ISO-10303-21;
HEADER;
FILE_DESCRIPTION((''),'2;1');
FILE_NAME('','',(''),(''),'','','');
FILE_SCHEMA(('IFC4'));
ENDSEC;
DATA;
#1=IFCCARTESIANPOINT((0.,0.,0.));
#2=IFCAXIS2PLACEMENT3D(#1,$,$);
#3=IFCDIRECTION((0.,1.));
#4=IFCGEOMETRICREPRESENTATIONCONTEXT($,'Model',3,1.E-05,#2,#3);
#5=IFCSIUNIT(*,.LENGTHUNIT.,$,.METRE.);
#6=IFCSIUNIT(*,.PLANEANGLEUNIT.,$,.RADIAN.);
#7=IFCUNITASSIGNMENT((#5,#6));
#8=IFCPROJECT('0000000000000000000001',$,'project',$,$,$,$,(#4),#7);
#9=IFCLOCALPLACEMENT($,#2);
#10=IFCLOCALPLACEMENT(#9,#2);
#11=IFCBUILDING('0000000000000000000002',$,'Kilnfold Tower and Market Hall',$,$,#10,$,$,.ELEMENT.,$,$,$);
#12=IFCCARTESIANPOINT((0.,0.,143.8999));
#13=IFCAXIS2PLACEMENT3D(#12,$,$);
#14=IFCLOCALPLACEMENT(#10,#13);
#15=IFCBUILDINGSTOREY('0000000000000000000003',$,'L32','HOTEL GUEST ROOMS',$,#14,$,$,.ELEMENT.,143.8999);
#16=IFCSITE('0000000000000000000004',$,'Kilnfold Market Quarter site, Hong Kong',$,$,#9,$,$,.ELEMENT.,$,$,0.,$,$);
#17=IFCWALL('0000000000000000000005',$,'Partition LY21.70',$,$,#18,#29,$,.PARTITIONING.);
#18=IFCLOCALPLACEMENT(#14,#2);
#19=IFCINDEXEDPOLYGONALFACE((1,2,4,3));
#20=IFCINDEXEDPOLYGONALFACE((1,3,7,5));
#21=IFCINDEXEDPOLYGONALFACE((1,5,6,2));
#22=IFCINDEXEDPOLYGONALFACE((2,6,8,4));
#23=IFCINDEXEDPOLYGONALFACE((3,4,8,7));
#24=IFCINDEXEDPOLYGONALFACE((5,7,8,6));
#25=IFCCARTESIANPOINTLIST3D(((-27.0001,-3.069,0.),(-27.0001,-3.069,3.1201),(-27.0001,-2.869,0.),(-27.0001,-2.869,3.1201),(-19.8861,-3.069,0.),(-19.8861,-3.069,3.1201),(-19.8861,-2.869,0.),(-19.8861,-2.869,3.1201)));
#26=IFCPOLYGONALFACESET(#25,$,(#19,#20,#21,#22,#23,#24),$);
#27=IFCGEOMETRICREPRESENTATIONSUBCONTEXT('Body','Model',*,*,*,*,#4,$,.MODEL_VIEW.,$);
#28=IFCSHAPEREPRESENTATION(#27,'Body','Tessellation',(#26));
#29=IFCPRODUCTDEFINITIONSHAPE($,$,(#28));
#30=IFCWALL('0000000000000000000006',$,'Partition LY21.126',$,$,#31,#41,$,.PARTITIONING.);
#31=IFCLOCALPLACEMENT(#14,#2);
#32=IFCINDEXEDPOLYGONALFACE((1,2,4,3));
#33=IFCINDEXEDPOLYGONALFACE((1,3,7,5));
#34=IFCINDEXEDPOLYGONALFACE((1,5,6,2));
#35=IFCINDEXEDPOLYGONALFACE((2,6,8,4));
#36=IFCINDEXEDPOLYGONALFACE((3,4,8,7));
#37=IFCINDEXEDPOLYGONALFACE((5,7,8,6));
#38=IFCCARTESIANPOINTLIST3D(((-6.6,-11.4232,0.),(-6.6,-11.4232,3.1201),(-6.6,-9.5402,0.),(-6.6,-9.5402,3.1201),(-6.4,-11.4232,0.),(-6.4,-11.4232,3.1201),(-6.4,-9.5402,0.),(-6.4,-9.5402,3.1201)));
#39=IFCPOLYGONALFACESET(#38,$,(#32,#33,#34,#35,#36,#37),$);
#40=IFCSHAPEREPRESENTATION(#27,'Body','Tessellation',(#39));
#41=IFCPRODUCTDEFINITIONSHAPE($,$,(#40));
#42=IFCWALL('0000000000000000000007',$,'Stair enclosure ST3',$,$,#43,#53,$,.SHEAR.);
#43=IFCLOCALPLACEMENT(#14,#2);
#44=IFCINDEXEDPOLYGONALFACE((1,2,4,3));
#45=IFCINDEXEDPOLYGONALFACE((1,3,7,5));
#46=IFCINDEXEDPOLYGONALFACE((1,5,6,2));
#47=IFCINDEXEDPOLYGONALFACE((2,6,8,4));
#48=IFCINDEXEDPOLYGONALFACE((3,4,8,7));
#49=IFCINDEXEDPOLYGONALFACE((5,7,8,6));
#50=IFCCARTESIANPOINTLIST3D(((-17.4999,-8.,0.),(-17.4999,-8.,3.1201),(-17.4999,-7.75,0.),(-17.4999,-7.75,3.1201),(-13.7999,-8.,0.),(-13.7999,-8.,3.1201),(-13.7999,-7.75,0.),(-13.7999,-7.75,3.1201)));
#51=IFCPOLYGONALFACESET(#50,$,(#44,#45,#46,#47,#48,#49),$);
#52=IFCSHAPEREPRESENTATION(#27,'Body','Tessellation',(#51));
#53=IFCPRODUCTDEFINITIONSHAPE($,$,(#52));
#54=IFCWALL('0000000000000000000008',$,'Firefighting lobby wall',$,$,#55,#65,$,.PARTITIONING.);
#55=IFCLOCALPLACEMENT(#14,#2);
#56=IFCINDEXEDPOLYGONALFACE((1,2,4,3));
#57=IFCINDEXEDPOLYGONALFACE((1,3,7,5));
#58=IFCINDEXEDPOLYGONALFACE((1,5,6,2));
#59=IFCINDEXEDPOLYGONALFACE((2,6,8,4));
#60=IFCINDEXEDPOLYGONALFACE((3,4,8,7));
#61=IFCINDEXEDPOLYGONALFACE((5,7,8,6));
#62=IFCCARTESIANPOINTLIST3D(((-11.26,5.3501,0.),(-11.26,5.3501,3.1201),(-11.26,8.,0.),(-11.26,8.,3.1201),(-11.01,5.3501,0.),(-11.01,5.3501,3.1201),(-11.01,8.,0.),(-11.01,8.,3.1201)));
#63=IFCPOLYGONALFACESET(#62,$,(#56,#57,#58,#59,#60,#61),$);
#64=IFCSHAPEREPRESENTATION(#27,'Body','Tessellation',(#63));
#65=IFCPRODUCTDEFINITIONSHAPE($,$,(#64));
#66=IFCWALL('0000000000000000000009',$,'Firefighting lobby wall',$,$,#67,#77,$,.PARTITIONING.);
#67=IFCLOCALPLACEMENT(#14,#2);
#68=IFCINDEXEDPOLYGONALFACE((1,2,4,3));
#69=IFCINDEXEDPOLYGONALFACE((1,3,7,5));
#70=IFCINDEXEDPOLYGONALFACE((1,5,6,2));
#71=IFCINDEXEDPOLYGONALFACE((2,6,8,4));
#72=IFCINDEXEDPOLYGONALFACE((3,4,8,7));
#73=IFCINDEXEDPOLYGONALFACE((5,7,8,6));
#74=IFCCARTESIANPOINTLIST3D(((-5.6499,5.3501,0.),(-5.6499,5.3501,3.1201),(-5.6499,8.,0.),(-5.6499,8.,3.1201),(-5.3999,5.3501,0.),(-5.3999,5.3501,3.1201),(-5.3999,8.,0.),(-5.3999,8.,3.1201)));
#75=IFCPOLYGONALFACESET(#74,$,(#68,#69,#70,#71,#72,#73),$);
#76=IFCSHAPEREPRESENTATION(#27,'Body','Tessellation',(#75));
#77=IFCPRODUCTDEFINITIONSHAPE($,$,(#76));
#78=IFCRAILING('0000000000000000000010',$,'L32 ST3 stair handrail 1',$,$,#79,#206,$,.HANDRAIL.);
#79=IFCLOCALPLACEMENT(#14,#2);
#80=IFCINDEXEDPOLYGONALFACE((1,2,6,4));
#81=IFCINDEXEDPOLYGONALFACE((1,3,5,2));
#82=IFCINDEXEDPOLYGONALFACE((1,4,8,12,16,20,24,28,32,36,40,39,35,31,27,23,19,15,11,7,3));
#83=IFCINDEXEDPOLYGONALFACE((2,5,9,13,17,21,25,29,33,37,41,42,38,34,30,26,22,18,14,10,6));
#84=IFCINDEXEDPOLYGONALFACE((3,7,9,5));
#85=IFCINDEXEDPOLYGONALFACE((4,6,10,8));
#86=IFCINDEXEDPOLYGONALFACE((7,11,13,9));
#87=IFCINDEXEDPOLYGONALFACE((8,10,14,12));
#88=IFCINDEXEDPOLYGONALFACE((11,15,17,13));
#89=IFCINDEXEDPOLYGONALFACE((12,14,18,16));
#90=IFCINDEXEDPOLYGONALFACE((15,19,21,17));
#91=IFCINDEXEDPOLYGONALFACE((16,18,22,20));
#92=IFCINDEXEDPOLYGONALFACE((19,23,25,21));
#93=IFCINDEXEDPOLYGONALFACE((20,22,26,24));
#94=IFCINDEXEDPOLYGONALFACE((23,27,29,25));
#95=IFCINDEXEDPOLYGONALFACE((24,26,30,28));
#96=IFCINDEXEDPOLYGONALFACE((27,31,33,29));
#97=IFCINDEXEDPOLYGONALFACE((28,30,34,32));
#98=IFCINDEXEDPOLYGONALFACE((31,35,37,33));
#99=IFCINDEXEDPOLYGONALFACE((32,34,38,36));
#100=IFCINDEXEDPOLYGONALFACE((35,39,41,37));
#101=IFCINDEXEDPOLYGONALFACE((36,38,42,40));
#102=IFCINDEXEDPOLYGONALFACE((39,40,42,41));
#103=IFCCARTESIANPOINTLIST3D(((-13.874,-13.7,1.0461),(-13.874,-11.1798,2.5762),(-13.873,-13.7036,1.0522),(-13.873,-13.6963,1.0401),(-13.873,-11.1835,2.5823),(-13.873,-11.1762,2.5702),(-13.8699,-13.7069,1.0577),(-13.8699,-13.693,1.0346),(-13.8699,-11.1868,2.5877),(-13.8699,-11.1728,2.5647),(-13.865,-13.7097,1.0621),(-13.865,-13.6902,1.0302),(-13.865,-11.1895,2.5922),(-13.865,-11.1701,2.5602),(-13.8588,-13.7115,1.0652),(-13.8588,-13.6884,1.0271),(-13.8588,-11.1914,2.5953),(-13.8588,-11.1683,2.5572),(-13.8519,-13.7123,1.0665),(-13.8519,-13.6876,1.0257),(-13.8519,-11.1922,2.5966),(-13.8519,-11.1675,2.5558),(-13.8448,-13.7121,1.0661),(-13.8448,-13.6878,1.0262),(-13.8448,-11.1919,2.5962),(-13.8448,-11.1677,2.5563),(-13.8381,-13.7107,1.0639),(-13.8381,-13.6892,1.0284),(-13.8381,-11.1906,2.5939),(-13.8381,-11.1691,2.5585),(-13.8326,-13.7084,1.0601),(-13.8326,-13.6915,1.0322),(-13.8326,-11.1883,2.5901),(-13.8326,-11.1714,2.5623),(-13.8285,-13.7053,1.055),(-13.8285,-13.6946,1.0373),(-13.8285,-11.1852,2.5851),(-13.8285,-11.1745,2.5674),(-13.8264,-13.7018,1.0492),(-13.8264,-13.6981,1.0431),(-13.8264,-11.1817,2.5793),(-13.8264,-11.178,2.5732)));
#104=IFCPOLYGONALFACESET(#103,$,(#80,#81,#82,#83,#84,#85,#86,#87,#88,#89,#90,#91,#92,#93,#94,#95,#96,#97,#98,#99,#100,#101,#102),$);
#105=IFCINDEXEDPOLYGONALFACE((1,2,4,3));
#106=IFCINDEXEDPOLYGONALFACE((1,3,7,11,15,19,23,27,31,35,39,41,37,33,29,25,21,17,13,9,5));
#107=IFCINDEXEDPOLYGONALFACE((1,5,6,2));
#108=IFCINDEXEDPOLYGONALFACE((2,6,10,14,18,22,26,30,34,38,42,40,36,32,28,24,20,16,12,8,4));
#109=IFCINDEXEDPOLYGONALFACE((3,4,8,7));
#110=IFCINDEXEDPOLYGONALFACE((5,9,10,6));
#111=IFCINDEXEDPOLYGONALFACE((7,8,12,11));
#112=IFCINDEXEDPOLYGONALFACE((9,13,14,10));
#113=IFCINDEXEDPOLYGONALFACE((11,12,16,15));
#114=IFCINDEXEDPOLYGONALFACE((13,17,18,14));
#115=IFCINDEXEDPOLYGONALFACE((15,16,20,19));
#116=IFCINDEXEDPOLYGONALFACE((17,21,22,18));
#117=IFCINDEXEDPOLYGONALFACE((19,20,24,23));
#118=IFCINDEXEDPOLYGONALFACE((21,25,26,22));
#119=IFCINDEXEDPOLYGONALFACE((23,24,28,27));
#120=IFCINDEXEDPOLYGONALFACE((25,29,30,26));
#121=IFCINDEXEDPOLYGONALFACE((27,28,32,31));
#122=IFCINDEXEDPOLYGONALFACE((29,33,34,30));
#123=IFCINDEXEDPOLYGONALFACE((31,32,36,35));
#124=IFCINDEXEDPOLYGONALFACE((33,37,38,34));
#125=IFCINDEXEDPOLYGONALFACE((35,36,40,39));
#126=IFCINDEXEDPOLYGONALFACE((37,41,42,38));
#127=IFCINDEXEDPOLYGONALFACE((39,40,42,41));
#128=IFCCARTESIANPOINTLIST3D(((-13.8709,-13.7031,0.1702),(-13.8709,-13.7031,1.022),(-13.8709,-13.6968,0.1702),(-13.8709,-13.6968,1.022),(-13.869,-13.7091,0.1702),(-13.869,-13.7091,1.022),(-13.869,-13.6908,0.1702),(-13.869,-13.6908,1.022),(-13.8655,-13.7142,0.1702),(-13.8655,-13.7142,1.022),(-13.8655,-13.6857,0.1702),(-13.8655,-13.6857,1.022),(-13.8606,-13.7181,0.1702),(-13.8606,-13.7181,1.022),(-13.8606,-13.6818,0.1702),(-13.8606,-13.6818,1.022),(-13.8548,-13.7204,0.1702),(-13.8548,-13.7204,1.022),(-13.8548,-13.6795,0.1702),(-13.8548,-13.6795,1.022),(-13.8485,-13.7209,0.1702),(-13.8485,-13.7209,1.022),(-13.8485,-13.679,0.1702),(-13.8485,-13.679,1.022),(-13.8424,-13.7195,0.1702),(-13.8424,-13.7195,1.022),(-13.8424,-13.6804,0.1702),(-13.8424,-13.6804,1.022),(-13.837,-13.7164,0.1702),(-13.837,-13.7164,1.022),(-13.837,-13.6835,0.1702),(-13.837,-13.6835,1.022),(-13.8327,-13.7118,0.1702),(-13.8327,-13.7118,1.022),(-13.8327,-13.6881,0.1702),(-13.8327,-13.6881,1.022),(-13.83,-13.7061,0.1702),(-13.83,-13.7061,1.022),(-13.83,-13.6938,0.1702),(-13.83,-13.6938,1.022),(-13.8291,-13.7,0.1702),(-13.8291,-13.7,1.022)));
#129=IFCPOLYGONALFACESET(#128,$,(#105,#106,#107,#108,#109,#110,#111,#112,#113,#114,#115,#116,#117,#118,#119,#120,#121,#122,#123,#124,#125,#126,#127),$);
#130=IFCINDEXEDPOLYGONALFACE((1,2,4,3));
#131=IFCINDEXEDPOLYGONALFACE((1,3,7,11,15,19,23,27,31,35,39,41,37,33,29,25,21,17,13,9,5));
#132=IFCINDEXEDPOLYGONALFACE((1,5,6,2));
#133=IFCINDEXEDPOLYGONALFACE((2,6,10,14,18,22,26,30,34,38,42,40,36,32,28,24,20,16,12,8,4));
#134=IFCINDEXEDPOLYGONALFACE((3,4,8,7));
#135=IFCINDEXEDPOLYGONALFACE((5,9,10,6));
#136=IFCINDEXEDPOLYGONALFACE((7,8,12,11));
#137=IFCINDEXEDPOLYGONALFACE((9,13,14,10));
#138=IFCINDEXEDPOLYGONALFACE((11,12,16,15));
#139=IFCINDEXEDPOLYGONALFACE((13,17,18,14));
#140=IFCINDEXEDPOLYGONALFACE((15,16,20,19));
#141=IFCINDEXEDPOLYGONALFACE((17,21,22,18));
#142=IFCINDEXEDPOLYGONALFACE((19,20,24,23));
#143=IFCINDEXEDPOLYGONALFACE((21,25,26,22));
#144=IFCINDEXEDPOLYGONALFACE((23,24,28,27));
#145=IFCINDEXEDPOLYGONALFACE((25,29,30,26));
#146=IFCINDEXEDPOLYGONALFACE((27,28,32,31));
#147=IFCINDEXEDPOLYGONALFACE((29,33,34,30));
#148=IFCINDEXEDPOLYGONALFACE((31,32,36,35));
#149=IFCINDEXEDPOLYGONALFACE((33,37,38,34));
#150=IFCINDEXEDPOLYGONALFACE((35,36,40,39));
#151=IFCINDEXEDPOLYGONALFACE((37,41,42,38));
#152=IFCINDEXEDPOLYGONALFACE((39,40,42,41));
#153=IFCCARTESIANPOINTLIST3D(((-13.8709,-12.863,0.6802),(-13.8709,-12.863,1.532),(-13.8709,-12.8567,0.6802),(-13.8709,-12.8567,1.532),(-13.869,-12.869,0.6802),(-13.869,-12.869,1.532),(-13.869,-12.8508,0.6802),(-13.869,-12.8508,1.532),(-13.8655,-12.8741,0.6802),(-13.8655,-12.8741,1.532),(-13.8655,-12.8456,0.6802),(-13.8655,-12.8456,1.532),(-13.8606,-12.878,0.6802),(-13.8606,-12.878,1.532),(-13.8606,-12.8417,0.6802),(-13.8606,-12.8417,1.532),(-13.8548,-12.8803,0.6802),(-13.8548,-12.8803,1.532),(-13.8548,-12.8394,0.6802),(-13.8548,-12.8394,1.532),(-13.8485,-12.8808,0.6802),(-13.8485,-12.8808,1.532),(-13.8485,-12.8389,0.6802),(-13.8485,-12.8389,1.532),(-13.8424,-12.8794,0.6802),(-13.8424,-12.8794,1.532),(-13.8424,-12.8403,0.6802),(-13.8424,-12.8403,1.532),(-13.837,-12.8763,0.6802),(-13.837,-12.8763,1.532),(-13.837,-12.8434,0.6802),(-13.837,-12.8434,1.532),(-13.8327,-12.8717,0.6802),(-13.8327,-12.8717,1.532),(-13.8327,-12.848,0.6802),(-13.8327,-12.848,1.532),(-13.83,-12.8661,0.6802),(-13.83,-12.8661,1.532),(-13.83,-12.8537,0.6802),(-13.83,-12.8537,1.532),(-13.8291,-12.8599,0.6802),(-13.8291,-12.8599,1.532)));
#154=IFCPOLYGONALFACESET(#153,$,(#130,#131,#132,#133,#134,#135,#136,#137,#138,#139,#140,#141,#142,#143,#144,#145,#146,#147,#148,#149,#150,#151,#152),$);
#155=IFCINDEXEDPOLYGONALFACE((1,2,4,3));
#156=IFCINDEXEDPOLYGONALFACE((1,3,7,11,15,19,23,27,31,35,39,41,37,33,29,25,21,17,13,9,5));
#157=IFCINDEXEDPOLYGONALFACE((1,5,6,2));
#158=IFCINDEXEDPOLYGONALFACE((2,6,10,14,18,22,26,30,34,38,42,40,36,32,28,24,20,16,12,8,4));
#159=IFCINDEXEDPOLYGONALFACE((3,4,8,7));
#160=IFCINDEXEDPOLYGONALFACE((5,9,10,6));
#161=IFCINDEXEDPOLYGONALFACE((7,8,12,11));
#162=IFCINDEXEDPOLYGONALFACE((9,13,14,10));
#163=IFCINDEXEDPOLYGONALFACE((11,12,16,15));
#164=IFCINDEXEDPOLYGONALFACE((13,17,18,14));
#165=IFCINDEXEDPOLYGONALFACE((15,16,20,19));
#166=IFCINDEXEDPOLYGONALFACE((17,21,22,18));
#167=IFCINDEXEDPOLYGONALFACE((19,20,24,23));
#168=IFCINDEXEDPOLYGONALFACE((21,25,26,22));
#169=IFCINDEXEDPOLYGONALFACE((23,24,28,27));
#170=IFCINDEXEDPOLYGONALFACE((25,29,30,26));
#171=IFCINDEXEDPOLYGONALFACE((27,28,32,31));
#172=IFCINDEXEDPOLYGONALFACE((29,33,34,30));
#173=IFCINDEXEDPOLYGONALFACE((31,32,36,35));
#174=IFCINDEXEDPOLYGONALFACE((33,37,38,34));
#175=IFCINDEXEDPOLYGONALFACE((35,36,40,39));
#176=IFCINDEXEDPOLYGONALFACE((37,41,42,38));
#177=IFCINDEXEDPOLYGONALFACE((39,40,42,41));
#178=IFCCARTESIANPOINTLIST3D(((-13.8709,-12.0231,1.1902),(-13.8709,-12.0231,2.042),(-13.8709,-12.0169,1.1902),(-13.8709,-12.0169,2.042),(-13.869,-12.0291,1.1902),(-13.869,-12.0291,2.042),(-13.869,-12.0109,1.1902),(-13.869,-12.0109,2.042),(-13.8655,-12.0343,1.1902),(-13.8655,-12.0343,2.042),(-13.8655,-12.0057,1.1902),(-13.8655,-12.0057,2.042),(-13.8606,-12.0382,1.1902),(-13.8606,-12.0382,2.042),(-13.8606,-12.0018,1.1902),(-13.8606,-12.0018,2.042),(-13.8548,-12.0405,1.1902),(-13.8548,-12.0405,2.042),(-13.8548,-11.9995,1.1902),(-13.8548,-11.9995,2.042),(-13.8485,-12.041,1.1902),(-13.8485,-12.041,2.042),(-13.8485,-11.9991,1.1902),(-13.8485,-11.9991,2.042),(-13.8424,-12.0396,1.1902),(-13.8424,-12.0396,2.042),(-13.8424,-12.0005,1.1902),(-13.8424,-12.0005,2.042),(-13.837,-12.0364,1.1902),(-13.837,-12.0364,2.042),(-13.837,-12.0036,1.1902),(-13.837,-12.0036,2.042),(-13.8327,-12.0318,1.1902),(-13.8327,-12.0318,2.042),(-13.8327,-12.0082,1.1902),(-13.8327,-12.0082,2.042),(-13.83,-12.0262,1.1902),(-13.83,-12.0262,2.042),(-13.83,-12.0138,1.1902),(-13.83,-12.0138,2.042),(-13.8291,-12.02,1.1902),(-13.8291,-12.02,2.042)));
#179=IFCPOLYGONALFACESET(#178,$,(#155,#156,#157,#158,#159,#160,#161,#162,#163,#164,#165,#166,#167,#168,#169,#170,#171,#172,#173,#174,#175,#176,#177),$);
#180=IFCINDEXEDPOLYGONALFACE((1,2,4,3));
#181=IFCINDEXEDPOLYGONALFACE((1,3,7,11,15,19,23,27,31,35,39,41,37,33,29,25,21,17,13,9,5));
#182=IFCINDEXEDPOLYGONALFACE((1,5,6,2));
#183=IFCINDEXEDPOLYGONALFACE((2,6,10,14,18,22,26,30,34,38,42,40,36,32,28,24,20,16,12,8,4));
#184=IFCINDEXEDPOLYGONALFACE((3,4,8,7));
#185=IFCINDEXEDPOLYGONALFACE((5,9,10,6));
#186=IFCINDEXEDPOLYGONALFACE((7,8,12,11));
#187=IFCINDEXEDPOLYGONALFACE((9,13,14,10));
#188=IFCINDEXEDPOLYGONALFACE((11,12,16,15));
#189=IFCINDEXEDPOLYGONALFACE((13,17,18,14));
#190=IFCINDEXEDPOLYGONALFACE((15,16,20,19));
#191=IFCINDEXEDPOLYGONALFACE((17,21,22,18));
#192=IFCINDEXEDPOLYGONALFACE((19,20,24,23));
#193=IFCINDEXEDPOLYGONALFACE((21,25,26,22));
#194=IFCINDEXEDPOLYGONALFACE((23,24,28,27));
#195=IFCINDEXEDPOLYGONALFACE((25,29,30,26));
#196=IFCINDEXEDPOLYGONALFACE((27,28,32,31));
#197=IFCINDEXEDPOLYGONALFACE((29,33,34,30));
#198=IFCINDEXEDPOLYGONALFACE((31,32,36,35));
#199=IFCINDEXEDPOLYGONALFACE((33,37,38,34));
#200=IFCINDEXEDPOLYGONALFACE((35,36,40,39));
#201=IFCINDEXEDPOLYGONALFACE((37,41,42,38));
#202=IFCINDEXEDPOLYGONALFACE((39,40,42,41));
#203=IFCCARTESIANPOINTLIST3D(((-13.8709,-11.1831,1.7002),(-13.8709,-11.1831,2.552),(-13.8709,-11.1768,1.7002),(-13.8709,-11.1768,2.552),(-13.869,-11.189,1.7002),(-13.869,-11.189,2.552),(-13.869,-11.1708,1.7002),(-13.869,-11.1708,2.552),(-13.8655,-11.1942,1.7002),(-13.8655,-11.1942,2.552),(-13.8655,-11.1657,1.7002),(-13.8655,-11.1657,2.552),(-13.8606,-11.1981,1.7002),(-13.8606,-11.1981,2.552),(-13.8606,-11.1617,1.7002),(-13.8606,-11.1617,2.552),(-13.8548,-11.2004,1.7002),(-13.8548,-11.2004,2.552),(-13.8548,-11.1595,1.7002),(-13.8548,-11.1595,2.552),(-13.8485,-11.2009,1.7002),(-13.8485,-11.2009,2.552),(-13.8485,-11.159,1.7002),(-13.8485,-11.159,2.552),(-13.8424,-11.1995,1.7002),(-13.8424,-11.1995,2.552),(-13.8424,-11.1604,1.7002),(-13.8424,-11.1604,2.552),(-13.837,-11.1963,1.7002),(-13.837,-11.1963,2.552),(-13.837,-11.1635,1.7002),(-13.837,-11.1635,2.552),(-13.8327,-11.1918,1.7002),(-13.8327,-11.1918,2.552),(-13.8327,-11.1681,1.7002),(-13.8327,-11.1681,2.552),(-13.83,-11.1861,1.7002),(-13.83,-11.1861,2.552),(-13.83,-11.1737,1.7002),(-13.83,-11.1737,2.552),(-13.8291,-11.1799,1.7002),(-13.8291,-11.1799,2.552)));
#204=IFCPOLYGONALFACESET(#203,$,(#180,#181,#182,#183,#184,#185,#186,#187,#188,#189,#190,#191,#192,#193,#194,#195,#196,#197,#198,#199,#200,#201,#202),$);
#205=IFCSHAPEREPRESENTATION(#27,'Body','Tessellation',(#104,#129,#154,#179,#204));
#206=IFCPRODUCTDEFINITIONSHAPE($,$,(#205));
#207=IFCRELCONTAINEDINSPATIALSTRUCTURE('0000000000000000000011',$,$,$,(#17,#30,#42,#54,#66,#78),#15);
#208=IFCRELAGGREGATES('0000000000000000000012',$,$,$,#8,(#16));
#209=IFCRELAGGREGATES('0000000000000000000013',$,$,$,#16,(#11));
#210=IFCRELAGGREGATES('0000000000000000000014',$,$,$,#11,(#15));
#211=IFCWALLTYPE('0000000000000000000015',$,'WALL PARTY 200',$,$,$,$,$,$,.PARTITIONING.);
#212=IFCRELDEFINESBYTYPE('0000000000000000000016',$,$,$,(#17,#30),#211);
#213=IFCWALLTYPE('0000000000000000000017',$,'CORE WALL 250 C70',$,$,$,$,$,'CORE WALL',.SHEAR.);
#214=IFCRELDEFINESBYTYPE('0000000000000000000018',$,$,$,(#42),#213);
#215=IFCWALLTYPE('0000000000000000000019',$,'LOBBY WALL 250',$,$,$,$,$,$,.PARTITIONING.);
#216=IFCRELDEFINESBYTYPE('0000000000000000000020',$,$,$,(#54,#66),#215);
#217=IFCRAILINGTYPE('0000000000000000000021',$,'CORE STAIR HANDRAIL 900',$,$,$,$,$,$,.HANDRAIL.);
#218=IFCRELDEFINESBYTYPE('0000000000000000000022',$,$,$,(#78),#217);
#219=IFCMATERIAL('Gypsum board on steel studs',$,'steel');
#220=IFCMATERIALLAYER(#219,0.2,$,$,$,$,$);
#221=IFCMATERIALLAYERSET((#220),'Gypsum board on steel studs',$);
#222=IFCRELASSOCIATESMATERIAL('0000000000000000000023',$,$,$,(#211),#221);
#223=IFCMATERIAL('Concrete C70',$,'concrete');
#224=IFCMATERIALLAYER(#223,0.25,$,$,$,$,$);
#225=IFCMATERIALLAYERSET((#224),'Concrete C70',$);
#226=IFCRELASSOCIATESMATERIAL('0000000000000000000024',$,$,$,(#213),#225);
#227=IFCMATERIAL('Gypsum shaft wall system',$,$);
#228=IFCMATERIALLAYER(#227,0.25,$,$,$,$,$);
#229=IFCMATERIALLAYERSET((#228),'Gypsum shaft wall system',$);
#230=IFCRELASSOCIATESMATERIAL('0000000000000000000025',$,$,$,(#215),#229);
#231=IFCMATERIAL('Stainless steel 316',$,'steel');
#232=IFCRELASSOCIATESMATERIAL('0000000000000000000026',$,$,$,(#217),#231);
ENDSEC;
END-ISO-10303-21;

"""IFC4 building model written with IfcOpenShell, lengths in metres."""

from ifc_helpers import new_model, si_unit, direction, frame, frame_2d, origin, origin_2d, place, context, subcontext, project, spatial, rectangle, circle, extrude, source, transform, mapped, material, layer, layer_set, type_object, element, save


model = new_model("IFC4")

# Units and contexts
model_context = context("Model", 3, precision=1e-05, world=origin(), true_north=direction((0.0, 1.0)))
body_context = subcontext(model_context, "Body", "Model", "MODEL_VIEW")
ifc_project = project(units=[si_unit("LENGTHUNIT", "METRE"), si_unit("PLANEANGLEUNIT", "RADIAN")], contexts=[model_context])

# Site, building, storey
site_placement = place(None, origin())
site = spatial("IfcSite", under=ifc_project, at=site_placement, Name="Kilnfold Market Quarter site, Hong Kong", CompositionType="ELEMENT", RefElevation=0.0)
building_placement = place(site_placement, origin())
building = spatial("IfcBuilding", under=site, at=building_placement, Name="Kilnfold Tower and Market Hall", CompositionType="ELEMENT")
storey_placement = place(building_placement, frame((0.0, 0.0, 143.8999)))
storey = spatial("IfcBuildingStorey", under=building, at=storey_placement, Name="L32", Description="HOTEL GUEST ROOMS", CompositionType="ELEMENT", Elevation=143.8999)

# Walls
ifc_material_1 = material(Name="Gypsum board on steel studs", Category="steel")
ifc_layer_1 = layer(ifc_material_1, 0.2)
ifc_layer_set_1 = layer_set([ifc_layer_1], Name="Gypsum board on steel studs")
wall_type_1 = type_object("IfcWallType", Name="WALL PARTY 200", PredefinedType="PARTITIONING", material=ifc_layer_set_1)
wall_1_placement = place(storey_placement, frame((-19.886, -2.969, 0.0), z_axis=(0.0, 0.0, 1.0), x_axis=(-1.0, 0.0, 0.0)))
element("IfcWall", 1, at=wall_1_placement, inside=storey, type_object=wall_type_1, Name="Partition LY21.70", PredefinedType="PARTITIONING", context=body_context, shape_type="SweptSolid", body=[
    extrude(rectangle(XDim=7.114, YDim=0.2, at=frame_2d((3.5571, 0.0))), origin(), (0.0, 0.0, 1.0), 3.1201),
])
wall_2_placement = place(storey_placement, frame((-6.5, -11.4231, 0.0), z_axis=(0.0, 0.0, 1.0), x_axis=(0.0, 1.0, 0.0)))
element("IfcWall", 2, at=wall_2_placement, inside=storey, type_object=wall_type_1, Name="Partition LY21.126", PredefinedType="PARTITIONING", context=body_context, shape_type="SweptSolid", body=[
    extrude(rectangle(XDim=1.8831, YDim=0.2, at=frame_2d((0.9414, 0.0))), origin(), (0.0, 0.0, 1.0), 3.1201),
])
ifc_material_2 = material(Name="Concrete C70", Category="concrete")
ifc_layer_2 = layer(ifc_material_2, 0.25)
ifc_layer_set_2 = layer_set([ifc_layer_2], Name="Concrete C70")
wall_type_2 = type_object("IfcWallType", Name="CORE WALL 250 C70", ElementType="CORE WALL", PredefinedType="SHEAR", material=ifc_layer_set_2)
shared_shape_1 = source(origin(), body_context, "Body", "SweptSolid", [
    extrude(rectangle(XDim=3.7, YDim=0.25, at=frame_2d((1.8501, 0.0))), origin(), (0.0, 0.0, 1.0), 3.1201),
])
wall_3_placement = place(storey_placement, frame((-17.5, -7.875, 0.0), z_axis=(0.0, 0.0, 1.0), x_axis=(1.0, 0.0, 0.0)))
element("IfcWall", 3, at=wall_3_placement, inside=storey, type_object=wall_type_2, Name="Stair enclosure ST3", PredefinedType="SHEAR", context=body_context, shape_type="MappedRepresentation", body=[
    mapped(shared_shape_1, transform((0.0, 0.0, 0.0))),
])
ifc_material_3 = material(Name="Gypsum shaft wall system")
ifc_layer_3 = layer(ifc_material_3, 0.25)
ifc_layer_set_3 = layer_set([ifc_layer_3], Name="Gypsum shaft wall system")
wall_type_3 = type_object("IfcWallType", Name="LOBBY WALL 250", PredefinedType="PARTITIONING", material=ifc_layer_set_3)
shared_shape_2 = source(origin(), body_context, "Body", "SweptSolid", [
    extrude(rectangle(XDim=2.6499, YDim=0.25, at=frame_2d((1.325, 0.0))), origin(), (0.0, 0.0, 1.0), 3.1201),
])
for number, where, z_axis, x_axis, name in (
    (4, (-11.135, 5.3501, 0.0), (0.0, 0.0, 1.0), (0.0, 1.0, 0.0), "Firefighting lobby wall"),
    (5, (-5.5249, 5.3501, 0.0), (0.0, 0.0, 1.0), (0.0, 1.0, 0.0), "Firefighting lobby wall"),
):
    element("IfcWall", number, at=place(storey_placement, frame(where, z_axis=z_axis, x_axis=x_axis)), inside=storey, type_object=wall_type_3, Name=name, PredefinedType="PARTITIONING", context=body_context, shape_type="MappedRepresentation", body=[
        mapped(shared_shape_2, transform((0.0, 0.0, 0.0))),
    ])

# Railing
ifc_material_4 = material(Name="Stainless steel 316", Category="steel")
railing_type = type_object("IfcRailingType", Name="CORE STAIR HANDRAIL 900", PredefinedType="HANDRAIL", material=ifc_material_4)
railing_1_placement = place(storey_placement, frame((-13.8501, -13.7, 0.1702)))
element("IfcRailing", 6, at=railing_1_placement, inside=storey, type_object=railing_type, Name="L32 ST3 stair handrail 1", PredefinedType="HANDRAIL", context=body_context, shape_type="SweptSolid", body=[
    extrude(circle(Radius=0.0239, at=origin_2d()), frame((0.0, 0.0, 0.876), z_axis=(0.0, 0.854785, 0.518982), x_axis=(-1.0, 0.0, 0.0)), (0.0, 0.0, 1.0), 2.9482),
    extrude(circle(Radius=0.021, at=origin_2d()), origin(), (0.0, 0.0, 1.0), 0.8518),
    extrude(circle(Radius=0.021, at=origin_2d()), frame((0.0, 0.8401, 0.51)), (0.0, 0.0, 1.0), 0.8518),
    extrude(circle(Radius=0.021, at=origin_2d()), frame((0.0, 1.6799, 1.02)), (0.0, 0.0, 1.0), 0.8518),
    extrude(circle(Radius=0.021, at=origin_2d()), frame((0.0, 2.52, 1.53)), (0.0, 0.0, 1.0), 0.8518),
])

save(model, "model.ifc")
